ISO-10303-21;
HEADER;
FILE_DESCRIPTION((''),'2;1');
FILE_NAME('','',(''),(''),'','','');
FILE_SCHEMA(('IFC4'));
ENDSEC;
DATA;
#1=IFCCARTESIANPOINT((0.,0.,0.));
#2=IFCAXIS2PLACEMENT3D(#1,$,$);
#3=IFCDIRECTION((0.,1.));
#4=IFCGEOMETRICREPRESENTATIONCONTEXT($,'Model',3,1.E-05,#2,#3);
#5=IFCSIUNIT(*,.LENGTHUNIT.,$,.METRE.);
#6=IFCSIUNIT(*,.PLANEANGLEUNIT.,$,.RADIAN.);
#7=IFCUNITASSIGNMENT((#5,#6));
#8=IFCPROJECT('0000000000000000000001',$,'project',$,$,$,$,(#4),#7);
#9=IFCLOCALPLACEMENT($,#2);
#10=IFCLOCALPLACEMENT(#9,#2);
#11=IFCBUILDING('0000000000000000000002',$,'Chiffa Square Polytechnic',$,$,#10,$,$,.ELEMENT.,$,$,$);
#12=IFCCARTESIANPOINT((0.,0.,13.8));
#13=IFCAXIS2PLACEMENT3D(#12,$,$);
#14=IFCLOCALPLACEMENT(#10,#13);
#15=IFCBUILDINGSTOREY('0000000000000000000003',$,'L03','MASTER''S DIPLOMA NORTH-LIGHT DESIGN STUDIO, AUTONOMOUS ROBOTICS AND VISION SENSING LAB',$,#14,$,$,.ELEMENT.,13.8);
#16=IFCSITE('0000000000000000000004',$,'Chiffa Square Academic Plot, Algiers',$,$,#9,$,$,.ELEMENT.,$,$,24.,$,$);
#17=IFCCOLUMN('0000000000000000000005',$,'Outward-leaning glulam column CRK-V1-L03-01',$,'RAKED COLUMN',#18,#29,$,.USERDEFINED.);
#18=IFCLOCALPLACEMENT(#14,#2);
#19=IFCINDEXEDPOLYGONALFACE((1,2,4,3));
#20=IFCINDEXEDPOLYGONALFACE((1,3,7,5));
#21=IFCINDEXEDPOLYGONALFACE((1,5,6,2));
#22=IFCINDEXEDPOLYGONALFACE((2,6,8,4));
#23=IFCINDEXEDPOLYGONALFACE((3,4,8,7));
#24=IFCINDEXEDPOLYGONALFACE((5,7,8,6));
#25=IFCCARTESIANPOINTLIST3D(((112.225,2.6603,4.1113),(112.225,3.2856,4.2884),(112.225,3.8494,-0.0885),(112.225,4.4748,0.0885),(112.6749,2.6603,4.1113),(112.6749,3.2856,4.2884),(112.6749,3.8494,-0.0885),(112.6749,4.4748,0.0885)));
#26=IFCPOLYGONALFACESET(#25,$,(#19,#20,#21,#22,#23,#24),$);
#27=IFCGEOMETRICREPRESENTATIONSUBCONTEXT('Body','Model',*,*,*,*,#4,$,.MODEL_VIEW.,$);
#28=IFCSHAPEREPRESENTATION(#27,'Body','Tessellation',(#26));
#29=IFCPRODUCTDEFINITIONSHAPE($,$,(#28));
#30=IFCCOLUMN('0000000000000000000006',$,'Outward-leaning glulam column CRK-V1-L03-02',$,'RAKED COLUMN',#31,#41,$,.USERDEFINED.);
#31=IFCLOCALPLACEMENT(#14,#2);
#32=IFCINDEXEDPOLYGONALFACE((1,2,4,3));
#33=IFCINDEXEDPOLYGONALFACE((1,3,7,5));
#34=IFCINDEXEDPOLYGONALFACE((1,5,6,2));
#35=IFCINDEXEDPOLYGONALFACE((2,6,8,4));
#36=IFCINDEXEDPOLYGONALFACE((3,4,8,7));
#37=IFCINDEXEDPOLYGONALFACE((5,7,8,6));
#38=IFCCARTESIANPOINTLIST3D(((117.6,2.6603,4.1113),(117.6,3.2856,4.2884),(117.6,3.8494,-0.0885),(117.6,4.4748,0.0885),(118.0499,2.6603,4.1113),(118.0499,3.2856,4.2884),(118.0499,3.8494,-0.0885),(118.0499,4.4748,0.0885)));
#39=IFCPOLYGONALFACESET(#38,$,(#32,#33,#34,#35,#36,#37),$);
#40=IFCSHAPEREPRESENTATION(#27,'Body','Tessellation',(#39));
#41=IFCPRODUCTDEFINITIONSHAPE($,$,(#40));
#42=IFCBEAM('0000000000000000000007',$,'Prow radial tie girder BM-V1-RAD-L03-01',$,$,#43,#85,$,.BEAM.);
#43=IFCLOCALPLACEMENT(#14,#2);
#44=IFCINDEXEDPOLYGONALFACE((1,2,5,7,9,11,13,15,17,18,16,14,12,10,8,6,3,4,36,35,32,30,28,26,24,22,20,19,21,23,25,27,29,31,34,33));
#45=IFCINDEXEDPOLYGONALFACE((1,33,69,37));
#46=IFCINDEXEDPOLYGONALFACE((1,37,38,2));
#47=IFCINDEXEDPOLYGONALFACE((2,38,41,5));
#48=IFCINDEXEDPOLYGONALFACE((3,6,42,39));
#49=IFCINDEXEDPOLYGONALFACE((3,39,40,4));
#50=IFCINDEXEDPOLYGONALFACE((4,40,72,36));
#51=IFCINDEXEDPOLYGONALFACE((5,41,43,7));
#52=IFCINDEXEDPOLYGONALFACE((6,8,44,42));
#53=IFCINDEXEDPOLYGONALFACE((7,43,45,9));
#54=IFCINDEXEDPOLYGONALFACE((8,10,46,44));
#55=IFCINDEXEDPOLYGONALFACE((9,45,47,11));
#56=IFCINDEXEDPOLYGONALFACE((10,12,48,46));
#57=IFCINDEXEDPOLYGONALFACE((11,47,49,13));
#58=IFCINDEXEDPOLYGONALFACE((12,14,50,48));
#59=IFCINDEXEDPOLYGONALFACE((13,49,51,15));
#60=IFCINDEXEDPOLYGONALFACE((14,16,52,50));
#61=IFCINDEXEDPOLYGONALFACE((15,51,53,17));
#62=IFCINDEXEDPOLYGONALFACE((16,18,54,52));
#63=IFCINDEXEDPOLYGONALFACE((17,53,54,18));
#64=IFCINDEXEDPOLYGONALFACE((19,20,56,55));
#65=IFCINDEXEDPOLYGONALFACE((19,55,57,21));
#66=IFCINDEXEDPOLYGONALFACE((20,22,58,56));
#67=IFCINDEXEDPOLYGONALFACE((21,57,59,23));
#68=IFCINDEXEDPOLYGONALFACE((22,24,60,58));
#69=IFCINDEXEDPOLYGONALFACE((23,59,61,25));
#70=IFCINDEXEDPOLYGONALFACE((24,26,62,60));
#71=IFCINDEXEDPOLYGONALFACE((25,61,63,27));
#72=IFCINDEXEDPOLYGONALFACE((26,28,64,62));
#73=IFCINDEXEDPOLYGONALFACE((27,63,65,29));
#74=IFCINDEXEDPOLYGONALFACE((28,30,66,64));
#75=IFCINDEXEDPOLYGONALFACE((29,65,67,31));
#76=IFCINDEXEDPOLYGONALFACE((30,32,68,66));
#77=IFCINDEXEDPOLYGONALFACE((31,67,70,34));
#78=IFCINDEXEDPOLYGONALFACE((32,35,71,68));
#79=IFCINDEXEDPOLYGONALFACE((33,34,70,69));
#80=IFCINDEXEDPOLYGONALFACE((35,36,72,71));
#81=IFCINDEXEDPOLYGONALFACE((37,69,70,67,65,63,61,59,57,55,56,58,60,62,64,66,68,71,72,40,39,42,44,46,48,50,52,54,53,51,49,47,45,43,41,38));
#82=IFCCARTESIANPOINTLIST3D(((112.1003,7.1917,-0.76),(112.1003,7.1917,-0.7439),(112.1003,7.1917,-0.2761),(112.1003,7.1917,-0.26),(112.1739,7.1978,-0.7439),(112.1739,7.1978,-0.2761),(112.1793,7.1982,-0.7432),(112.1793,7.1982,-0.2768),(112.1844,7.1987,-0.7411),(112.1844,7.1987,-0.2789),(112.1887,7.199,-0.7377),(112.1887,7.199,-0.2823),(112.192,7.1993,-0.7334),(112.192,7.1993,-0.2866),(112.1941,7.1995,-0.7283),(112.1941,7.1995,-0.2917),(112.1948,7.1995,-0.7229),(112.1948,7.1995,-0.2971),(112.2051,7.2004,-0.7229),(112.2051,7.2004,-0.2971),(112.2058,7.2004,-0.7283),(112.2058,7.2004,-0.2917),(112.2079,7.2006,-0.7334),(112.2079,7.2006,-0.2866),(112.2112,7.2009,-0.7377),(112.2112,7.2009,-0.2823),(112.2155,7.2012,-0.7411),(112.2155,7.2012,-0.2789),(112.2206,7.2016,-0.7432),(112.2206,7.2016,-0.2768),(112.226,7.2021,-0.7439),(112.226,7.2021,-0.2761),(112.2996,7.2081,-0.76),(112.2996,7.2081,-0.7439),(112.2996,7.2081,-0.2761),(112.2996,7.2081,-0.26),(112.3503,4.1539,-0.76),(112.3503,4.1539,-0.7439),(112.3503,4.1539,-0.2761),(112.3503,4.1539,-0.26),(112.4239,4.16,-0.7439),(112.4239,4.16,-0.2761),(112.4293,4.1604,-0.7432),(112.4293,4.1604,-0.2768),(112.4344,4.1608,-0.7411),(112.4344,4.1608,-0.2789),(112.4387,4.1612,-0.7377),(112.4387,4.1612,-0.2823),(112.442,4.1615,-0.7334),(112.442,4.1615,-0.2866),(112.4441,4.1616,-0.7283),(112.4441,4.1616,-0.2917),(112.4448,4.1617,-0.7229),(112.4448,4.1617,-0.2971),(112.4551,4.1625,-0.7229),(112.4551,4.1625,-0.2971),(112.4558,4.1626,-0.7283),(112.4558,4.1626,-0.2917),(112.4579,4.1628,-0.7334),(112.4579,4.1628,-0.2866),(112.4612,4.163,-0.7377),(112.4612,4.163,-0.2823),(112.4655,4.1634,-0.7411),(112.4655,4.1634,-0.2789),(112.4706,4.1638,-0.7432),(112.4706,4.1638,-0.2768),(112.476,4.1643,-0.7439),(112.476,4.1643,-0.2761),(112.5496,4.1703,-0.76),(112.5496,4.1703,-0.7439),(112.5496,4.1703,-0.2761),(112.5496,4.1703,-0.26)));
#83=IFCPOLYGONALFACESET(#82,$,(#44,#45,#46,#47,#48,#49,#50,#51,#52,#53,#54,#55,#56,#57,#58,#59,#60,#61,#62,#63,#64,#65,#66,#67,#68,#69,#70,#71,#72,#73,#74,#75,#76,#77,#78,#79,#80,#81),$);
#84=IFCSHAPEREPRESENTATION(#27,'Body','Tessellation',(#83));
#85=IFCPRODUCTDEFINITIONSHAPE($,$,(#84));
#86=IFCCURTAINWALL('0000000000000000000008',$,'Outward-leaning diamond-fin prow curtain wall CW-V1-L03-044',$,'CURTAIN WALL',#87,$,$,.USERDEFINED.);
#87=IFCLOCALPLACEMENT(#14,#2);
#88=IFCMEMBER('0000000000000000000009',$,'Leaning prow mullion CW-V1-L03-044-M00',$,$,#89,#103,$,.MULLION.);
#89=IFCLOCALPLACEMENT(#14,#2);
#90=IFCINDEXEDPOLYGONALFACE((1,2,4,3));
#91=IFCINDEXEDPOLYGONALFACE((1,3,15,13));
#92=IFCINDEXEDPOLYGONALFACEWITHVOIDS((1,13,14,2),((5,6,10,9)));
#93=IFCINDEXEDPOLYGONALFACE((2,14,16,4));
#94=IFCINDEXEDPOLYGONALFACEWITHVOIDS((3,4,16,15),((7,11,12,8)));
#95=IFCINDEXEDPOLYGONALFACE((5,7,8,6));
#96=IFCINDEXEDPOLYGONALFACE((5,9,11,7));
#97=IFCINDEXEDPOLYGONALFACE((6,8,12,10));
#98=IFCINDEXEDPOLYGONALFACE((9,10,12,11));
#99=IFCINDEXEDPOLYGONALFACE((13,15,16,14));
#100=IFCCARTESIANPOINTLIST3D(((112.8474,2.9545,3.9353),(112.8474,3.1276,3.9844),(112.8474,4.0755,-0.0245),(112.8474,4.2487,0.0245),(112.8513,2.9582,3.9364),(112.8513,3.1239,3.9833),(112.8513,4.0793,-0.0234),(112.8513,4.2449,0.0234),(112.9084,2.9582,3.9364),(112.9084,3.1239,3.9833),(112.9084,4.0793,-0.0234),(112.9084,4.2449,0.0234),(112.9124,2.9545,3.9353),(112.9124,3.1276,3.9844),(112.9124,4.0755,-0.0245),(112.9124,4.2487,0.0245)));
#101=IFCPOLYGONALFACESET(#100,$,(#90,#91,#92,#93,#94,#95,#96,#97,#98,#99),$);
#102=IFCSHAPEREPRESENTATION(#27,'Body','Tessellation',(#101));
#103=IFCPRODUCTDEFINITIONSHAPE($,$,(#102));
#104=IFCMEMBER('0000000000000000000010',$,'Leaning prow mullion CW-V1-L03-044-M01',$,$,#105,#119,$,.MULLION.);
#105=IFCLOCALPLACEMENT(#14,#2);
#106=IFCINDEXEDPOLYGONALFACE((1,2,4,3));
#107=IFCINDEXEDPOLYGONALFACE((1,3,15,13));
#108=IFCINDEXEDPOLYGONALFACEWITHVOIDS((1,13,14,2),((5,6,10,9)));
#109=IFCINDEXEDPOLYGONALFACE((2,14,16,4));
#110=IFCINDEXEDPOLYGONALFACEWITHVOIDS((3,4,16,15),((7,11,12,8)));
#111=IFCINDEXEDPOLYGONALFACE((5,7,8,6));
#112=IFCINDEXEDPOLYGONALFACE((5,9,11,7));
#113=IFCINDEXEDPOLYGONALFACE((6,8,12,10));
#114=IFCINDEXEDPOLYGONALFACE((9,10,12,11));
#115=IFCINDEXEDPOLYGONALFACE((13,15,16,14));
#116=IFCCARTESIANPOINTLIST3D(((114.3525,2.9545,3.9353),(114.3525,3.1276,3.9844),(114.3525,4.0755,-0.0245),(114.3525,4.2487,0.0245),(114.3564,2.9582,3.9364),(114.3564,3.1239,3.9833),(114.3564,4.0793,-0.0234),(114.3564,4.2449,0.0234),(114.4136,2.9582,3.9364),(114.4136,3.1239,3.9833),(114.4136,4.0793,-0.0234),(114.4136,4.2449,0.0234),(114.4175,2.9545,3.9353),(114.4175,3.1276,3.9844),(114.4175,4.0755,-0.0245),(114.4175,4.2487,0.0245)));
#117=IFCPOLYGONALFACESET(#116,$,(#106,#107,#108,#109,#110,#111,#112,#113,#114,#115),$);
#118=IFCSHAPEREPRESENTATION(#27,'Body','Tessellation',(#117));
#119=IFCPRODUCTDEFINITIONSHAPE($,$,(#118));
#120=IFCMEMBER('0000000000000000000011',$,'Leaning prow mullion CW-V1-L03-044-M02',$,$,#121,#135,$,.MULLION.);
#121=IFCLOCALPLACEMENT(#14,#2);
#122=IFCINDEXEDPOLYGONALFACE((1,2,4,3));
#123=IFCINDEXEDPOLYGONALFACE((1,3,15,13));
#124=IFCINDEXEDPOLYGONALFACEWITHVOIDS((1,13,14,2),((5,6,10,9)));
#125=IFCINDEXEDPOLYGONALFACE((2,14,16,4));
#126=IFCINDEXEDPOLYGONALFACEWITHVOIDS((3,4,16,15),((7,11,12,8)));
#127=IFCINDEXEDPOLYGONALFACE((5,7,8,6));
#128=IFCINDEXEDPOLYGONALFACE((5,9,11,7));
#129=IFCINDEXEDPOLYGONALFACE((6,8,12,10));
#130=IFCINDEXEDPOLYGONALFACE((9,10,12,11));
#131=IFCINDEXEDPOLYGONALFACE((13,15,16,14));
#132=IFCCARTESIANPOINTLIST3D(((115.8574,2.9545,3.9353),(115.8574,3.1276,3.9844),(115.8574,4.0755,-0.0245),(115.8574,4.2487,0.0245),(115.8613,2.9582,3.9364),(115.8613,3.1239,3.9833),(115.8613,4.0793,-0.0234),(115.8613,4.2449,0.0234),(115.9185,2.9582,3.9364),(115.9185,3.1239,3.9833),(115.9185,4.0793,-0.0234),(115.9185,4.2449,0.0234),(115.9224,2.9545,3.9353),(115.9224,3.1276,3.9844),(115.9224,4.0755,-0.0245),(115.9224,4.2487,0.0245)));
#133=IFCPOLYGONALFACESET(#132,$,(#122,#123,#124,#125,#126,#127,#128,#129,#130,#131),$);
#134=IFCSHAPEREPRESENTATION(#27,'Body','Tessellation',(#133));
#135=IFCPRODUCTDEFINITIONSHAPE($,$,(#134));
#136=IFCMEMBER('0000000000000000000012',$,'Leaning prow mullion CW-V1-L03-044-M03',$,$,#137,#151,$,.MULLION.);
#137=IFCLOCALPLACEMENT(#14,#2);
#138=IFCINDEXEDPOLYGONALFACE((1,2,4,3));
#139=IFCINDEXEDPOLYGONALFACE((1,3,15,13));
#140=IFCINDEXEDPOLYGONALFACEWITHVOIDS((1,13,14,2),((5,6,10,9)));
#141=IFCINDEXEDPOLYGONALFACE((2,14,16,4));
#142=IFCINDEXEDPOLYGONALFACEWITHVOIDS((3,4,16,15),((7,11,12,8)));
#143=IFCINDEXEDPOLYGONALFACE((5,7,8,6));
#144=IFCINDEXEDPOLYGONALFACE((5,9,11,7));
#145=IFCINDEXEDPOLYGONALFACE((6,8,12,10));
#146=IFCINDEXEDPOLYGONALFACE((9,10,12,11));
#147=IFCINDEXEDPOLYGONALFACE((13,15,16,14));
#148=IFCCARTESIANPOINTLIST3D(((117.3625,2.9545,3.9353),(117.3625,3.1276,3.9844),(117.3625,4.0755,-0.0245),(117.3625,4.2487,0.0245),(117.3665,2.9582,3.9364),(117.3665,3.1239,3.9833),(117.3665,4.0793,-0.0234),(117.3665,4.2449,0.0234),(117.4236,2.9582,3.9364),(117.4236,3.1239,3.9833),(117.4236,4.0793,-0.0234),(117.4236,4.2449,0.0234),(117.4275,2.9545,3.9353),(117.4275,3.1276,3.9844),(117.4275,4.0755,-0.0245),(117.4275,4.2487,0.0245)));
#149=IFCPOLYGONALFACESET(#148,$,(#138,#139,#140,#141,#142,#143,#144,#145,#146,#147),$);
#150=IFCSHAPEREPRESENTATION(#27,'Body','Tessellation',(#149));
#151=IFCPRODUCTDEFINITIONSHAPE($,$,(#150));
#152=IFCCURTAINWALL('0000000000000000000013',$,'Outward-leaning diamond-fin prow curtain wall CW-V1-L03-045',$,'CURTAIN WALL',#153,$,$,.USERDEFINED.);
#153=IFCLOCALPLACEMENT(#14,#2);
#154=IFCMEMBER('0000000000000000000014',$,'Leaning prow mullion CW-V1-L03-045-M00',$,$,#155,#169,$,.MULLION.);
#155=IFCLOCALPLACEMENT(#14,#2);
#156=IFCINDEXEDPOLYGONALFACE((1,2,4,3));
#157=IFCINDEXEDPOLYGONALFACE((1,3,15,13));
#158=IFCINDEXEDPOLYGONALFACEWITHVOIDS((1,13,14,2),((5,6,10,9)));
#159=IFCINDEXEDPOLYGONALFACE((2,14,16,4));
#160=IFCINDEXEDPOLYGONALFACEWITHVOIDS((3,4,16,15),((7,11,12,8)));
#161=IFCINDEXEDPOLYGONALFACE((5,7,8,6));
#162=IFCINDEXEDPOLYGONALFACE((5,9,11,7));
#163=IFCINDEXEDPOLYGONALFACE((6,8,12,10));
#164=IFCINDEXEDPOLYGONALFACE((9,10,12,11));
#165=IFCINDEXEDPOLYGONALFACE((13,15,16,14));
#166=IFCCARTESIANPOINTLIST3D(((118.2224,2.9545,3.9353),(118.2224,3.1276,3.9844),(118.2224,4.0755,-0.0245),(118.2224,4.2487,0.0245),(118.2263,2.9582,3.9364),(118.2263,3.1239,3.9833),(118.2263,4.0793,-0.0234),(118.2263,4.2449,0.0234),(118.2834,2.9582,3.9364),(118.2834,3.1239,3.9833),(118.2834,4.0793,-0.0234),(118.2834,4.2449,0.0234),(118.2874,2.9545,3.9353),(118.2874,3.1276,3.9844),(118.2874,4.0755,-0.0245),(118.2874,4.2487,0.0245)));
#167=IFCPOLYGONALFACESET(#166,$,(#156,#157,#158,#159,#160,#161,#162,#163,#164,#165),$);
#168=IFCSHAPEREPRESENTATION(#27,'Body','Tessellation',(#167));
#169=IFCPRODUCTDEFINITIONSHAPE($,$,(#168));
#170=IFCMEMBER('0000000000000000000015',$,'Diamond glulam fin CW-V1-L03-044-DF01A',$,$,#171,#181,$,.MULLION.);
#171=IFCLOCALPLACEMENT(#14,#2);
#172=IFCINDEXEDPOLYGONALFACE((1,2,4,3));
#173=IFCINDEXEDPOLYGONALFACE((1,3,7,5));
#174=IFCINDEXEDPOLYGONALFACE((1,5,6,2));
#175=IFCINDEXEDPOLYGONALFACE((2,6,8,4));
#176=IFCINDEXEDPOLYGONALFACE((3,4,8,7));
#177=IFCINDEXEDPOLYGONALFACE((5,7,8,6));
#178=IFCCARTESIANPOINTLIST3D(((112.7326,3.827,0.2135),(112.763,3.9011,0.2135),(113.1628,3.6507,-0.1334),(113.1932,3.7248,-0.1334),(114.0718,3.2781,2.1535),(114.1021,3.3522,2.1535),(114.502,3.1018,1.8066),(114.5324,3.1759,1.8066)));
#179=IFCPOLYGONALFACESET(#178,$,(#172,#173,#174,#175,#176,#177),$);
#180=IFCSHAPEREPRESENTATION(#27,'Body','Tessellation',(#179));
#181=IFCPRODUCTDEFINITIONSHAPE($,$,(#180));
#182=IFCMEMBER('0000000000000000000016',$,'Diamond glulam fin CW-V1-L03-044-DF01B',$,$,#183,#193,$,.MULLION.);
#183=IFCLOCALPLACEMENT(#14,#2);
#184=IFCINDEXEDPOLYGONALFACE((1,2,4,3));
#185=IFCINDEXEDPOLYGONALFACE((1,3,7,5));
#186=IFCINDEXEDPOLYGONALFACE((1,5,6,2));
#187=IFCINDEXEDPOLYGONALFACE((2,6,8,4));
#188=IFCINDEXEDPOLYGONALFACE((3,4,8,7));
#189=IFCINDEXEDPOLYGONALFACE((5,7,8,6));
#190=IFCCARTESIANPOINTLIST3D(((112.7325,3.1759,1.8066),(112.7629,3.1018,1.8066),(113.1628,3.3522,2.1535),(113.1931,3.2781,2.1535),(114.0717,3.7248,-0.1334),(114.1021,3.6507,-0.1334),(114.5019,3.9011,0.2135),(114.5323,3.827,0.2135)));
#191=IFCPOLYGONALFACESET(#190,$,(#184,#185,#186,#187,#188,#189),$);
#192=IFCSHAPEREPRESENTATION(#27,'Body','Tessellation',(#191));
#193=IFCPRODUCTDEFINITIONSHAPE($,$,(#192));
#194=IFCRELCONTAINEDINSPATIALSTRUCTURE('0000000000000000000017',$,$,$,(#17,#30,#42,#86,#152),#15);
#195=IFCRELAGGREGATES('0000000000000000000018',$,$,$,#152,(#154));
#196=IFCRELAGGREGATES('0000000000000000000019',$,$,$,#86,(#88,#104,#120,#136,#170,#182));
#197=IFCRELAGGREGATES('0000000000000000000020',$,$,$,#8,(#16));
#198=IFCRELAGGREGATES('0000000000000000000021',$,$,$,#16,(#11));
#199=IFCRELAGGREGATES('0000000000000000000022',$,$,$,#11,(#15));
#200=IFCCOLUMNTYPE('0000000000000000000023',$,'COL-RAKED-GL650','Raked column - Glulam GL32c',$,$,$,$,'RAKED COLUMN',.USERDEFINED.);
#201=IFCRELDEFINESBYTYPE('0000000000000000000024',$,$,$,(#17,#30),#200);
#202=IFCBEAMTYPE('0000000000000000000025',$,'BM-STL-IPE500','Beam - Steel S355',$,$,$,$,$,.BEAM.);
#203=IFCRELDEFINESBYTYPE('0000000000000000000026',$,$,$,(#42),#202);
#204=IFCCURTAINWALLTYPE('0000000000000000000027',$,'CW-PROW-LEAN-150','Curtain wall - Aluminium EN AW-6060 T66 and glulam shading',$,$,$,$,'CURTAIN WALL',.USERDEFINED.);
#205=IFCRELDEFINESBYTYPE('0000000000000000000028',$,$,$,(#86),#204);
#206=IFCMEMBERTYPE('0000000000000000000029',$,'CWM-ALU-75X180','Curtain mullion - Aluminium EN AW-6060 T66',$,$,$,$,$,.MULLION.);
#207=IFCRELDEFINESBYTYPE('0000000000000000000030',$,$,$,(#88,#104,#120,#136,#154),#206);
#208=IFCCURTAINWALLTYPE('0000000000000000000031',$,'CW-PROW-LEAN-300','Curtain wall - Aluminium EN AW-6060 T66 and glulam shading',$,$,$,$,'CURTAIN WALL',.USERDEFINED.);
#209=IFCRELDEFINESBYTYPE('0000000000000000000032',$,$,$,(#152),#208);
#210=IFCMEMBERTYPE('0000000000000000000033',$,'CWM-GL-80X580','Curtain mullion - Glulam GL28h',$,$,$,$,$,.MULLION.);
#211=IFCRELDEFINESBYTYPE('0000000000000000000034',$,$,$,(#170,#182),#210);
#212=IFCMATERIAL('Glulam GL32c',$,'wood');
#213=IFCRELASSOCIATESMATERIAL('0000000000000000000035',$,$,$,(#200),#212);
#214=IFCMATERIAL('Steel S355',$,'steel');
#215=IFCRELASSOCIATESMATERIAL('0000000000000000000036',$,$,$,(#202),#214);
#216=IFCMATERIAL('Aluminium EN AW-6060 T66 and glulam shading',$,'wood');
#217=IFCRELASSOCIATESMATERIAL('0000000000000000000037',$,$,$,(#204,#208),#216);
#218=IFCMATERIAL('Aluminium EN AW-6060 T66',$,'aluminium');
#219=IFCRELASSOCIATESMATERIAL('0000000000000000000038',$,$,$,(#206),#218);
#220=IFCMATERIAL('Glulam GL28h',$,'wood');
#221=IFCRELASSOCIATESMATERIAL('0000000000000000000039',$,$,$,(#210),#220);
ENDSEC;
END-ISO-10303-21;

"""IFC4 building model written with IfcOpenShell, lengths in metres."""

from ifc_helpers import new_model, si_unit, direction, frame, origin, origin_2d, place, context, subcontext, project, spatial, rectangle, hollow_rectangle, i_section, extrude, material, material_profile, profile_set, type_object, element, aggregate, save


model = new_model("IFC4")

# Units and contexts
model_context = context("Model", 3, precision=1e-05, world=origin(), true_north=direction((0.0, 1.0)))
body_context = subcontext(model_context, "Body", "Model", "MODEL_VIEW")
ifc_project = project(units=[si_unit("LENGTHUNIT", "METRE"), si_unit("PLANEANGLEUNIT", "RADIAN")], contexts=[model_context])

# Site, building, storey
site_placement = place(None, origin())
site = spatial("IfcSite", under=ifc_project, at=site_placement, Name="Chiffa Square Academic Plot, Algiers", CompositionType="ELEMENT", RefElevation=24.0)
building_placement = place(site_placement, origin())
building = spatial("IfcBuilding", under=site, at=building_placement, Name="Chiffa Square Polytechnic", CompositionType="ELEMENT")
storey_placement = place(building_placement, frame((0.0, 0.0, 13.8)))
storey = spatial("IfcBuildingStorey", under=building, at=storey_placement, Name="L03", Description="MASTER'S DIPLOMA NORTH-LIGHT DESIGN STUDIO, AUTONOMOUS ROBOTICS AND VISION SENSING LAB", CompositionType="ELEMENT", Elevation=13.8)

# Columns
ifc_material_1 = material(Name="Glulam GL32c", Category="wood")
ifc_material_profile_1 = material_profile(ifc_material_1, rectangle(XDim=0.45, YDim=0.6499, at=origin_2d()), Name="GL32c 450x650")
ifc_profile_set_1 = profile_set([ifc_material_profile_1], Name="Glulam GL32c")
column_type = type_object("IfcColumnType", Name="COL-RAKED-GL650", Description="Raked column - Glulam GL32c", ElementType="RAKED COLUMN", PredefinedType="USERDEFINED", material=ifc_profile_set_1)
for number, where, z_axis, x_axis, name in (
    (1, (112.45, 4.1621, 0.0), (0.0, -0.272438, 0.962173), (1.0, 0.0, 0.0), "Outward-leaning glulam column CRK-V1-L03-01"),
    (2, (117.825, 4.1621, 0.0), (0.0, -0.272438, 0.962173), (1.0, 0.0, 0.0), "Outward-leaning glulam column CRK-V1-L03-02"),
):
    element("IfcColumn", number, at=place(storey_placement, frame(where, z_axis=z_axis, x_axis=x_axis)), inside=storey, type_object=column_type, Name=name, ObjectType="RAKED COLUMN", PredefinedType="USERDEFINED", context=body_context, shape_type="SweptSolid", body=[
        extrude(rectangle(XDim=0.45, YDim=0.6499, at=origin_2d()), origin(), (0.0, 0.0, 1.0), 4.365),
    ])

# Beam
ifc_material_2 = material(Name="Steel S355", Category="steel")
ifc_material_profile_2 = material_profile(ifc_material_2, i_section(OverallWidth=0.2, OverallDepth=0.5, WebThickness=0.0103, FlangeThickness=0.0161, FilletRadius=0.021, at=origin_2d()), Name="IPE 500")
ifc_profile_set_2 = profile_set([ifc_material_profile_2], Name="Steel S355")
beam_type_1 = type_object("IfcBeamType", Name="BM-STL-IPE500", Description="Beam - Steel S355", PredefinedType="BEAM", material=ifc_profile_set_2)
beam_placement = place(storey_placement, frame((112.45, 4.1621, -0.51), z_axis=(-0.082018, 0.996631, 0.0), x_axis=(-0.996631, -0.082018, 0.0)))
element("IfcBeam", 3, at=beam_placement, inside=storey, type_object=beam_type_1, Name="Prow radial tie girder BM-V1-RAD-L03-01", PredefinedType="BEAM", context=body_context, shape_type="SweptSolid", body=[
    extrude(i_section(OverallWidth=0.2, OverallDepth=0.5, WebThickness=0.0103, FlangeThickness=0.0161, FilletRadius=0.021, at=origin_2d()), origin(), (0.0, 0.0, 1.0), 3.0481),
])

# Curtain wall, members
ifc_material_3 = material(Name="Aluminium EN AW-6060 T66 and glulam shading", Category="wood")
curtain_wall_type_1 = type_object("IfcCurtainWallType", Name="CW-PROW-LEAN-150", Description="Curtain wall - Aluminium EN AW-6060 T66 and glulam shading", ElementType="CURTAIN WALL", PredefinedType="USERDEFINED", material=ifc_material_3)
curtain_wall_1_placement = place(storey_placement, origin())
curtain_wall_1 = element("IfcCurtainWall", 4, at=curtain_wall_1_placement, inside=storey, type_object=curtain_wall_type_1, Name="Outward-leaning diamond-fin prow curtain wall CW-V1-L03-044", ObjectType="CURTAIN WALL", PredefinedType="USERDEFINED")
ifc_material_4 = material(Name="Aluminium EN AW-6060 T66", Category="aluminium")
ifc_material_profile_3 = material_profile(ifc_material_4, hollow_rectangle(XDim=0.0649, YDim=0.1799, WallThickness=0.0039, at=origin_2d()), Name="ALU 65x180x4")
ifc_profile_set_3 = profile_set([ifc_material_profile_3], Name="Aluminium EN AW-6060 T66")
member_type_1 = type_object("IfcMemberType", Name="CWM-ALU-75X180", Description="Curtain mullion - Aluminium EN AW-6060 T66", PredefinedType="MULLION", material=ifc_profile_set_3)
member_1_placement = place(storey_placement, frame((112.8799, 4.1621, 0.0), z_axis=(0.0, -0.272401, 0.962184), x_axis=(1.0, 0.0, 0.0)))
member_1 = element("IfcMember", 5, at=member_1_placement, type_object=member_type_1, Name="Leaning prow mullion CW-V1-L03-044-M00", PredefinedType="MULLION", context=body_context, shape_type="SweptSolid", body=[
    extrude(hollow_rectangle(XDim=0.0649, YDim=0.1799, WallThickness=0.0039, at=origin_2d()), origin(), (0.0, 0.0, 1.0), 4.1155),
])
member_2_placement = place(storey_placement, frame((114.385, 4.1621, 0.0), z_axis=(0.0, -0.272401, 0.962184), x_axis=(1.0, 0.0, 0.0)))
member_2 = element("IfcMember", 6, at=member_2_placement, type_object=member_type_1, Name="Leaning prow mullion CW-V1-L03-044-M01", PredefinedType="MULLION", context=body_context, shape_type="SweptSolid", body=[
    extrude(hollow_rectangle(XDim=0.0649, YDim=0.1799, WallThickness=0.0039, at=origin_2d()), origin(), (0.0, 0.0, 1.0), 4.1155),
])
member_3_placement = place(storey_placement, frame((115.8899, 4.1621, 0.0), z_axis=(0.0, -0.272401, 0.962184), x_axis=(1.0, 0.0, 0.0)))
member_3 = element("IfcMember", 7, at=member_3_placement, type_object=member_type_1, Name="Leaning prow mullion CW-V1-L03-044-M02", PredefinedType="MULLION", context=body_context, shape_type="SweptSolid", body=[
    extrude(hollow_rectangle(XDim=0.0649, YDim=0.1799, WallThickness=0.0039, at=origin_2d()), origin(), (0.0, 0.0, 1.0), 4.1155),
])
member_4_placement = place(storey_placement, frame((117.395, 4.1621, 0.0), z_axis=(0.0, -0.272401, 0.962184), x_axis=(1.0, 0.0, 0.0)))
member_4 = element("IfcMember", 8, at=member_4_placement, type_object=member_type_1, Name="Leaning prow mullion CW-V1-L03-044-M03", PredefinedType="MULLION", context=body_context, shape_type="SweptSolid", body=[
    extrude(hollow_rectangle(XDim=0.0649, YDim=0.1799, WallThickness=0.0039, at=origin_2d()), origin(), (0.0, 0.0, 1.0), 4.1155),
])

# Curtain wall, member
curtain_wall_type_2 = type_object("IfcCurtainWallType", Name="CW-PROW-LEAN-300", Description="Curtain wall - Aluminium EN AW-6060 T66 and glulam shading", ElementType="CURTAIN WALL", PredefinedType="USERDEFINED", material=ifc_material_3)
curtain_wall_2_placement = place(storey_placement, origin())
curtain_wall_2 = element("IfcCurtainWall", 9, at=curtain_wall_2_placement, inside=storey, type_object=curtain_wall_type_2, Name="Outward-leaning diamond-fin prow curtain wall CW-V1-L03-045", ObjectType="CURTAIN WALL", PredefinedType="USERDEFINED")
member_5_placement = place(storey_placement, frame((118.2549, 4.1621, 0.0), z_axis=(0.0, -0.272401, 0.962184), x_axis=(1.0, 0.0, 0.0)))
member_5 = element("IfcMember", 10, at=member_5_placement, type_object=member_type_1, Name="Leaning prow mullion CW-V1-L03-045-M00", PredefinedType="MULLION", context=body_context, shape_type="SweptSolid", body=[
    extrude(hollow_rectangle(XDim=0.0649, YDim=0.1799, WallThickness=0.0039, at=origin_2d()), origin(), (0.0, 0.0, 1.0), 4.1155),
])

# Members
ifc_material_5 = material(Name="Glulam GL28h", Category="wood")
ifc_material_profile_4 = material_profile(ifc_material_5, rectangle(XDim=0.0801, YDim=0.5801, at=origin_2d()), Name="GL28h 80x580")
ifc_profile_set_4 = profile_set([ifc_material_profile_4], Name="Glulam GL28h")
member_type_2 = type_object("IfcMemberType", Name="CWM-GL-80X580", Description="Curtain mullion - Glulam GL28h", PredefinedType="MULLION", material=ifc_profile_set_4)
member_6_placement = place(storey_placement, frame((112.9629, 3.7759, 0.04), z_axis=(0.553285, -0.226761, 0.801533), x_axis=(0.379231, 0.925302, 0.0)))
member_6 = element("IfcMember", 11, at=member_6_placement, type_object=member_type_2, Name="Diamond glulam fin CW-V1-L03-044-DF01A", PredefinedType="MULLION", context=body_context, shape_type="SweptSolid", body=[
    extrude(rectangle(XDim=0.0801, YDim=0.5801, at=origin_2d()), origin(), (0.0, 0.0, 1.0), 2.4204),
])
member_7_placement = place(storey_placement, frame((114.302, 3.7759, 0.04), z_axis=(-0.553285, -0.226761, 0.801533), x_axis=(0.379231, -0.925302, 0.0)))
member_7 = element("IfcMember", 12, at=member_7_placement, type_object=member_type_2, Name="Diamond glulam fin CW-V1-L03-044-DF01B", PredefinedType="MULLION", context=body_context, shape_type="SweptSolid", body=[
    extrude(rectangle(XDim=0.0801, YDim=0.5801, at=origin_2d()), origin(), (0.0, 0.0, 1.0), 2.4204),
])

aggregate(curtain_wall_2, [member_5])
aggregate(curtain_wall_1, [member_1, member_2, member_3, member_4, member_6, member_7])

save(model, "model.ifc")
